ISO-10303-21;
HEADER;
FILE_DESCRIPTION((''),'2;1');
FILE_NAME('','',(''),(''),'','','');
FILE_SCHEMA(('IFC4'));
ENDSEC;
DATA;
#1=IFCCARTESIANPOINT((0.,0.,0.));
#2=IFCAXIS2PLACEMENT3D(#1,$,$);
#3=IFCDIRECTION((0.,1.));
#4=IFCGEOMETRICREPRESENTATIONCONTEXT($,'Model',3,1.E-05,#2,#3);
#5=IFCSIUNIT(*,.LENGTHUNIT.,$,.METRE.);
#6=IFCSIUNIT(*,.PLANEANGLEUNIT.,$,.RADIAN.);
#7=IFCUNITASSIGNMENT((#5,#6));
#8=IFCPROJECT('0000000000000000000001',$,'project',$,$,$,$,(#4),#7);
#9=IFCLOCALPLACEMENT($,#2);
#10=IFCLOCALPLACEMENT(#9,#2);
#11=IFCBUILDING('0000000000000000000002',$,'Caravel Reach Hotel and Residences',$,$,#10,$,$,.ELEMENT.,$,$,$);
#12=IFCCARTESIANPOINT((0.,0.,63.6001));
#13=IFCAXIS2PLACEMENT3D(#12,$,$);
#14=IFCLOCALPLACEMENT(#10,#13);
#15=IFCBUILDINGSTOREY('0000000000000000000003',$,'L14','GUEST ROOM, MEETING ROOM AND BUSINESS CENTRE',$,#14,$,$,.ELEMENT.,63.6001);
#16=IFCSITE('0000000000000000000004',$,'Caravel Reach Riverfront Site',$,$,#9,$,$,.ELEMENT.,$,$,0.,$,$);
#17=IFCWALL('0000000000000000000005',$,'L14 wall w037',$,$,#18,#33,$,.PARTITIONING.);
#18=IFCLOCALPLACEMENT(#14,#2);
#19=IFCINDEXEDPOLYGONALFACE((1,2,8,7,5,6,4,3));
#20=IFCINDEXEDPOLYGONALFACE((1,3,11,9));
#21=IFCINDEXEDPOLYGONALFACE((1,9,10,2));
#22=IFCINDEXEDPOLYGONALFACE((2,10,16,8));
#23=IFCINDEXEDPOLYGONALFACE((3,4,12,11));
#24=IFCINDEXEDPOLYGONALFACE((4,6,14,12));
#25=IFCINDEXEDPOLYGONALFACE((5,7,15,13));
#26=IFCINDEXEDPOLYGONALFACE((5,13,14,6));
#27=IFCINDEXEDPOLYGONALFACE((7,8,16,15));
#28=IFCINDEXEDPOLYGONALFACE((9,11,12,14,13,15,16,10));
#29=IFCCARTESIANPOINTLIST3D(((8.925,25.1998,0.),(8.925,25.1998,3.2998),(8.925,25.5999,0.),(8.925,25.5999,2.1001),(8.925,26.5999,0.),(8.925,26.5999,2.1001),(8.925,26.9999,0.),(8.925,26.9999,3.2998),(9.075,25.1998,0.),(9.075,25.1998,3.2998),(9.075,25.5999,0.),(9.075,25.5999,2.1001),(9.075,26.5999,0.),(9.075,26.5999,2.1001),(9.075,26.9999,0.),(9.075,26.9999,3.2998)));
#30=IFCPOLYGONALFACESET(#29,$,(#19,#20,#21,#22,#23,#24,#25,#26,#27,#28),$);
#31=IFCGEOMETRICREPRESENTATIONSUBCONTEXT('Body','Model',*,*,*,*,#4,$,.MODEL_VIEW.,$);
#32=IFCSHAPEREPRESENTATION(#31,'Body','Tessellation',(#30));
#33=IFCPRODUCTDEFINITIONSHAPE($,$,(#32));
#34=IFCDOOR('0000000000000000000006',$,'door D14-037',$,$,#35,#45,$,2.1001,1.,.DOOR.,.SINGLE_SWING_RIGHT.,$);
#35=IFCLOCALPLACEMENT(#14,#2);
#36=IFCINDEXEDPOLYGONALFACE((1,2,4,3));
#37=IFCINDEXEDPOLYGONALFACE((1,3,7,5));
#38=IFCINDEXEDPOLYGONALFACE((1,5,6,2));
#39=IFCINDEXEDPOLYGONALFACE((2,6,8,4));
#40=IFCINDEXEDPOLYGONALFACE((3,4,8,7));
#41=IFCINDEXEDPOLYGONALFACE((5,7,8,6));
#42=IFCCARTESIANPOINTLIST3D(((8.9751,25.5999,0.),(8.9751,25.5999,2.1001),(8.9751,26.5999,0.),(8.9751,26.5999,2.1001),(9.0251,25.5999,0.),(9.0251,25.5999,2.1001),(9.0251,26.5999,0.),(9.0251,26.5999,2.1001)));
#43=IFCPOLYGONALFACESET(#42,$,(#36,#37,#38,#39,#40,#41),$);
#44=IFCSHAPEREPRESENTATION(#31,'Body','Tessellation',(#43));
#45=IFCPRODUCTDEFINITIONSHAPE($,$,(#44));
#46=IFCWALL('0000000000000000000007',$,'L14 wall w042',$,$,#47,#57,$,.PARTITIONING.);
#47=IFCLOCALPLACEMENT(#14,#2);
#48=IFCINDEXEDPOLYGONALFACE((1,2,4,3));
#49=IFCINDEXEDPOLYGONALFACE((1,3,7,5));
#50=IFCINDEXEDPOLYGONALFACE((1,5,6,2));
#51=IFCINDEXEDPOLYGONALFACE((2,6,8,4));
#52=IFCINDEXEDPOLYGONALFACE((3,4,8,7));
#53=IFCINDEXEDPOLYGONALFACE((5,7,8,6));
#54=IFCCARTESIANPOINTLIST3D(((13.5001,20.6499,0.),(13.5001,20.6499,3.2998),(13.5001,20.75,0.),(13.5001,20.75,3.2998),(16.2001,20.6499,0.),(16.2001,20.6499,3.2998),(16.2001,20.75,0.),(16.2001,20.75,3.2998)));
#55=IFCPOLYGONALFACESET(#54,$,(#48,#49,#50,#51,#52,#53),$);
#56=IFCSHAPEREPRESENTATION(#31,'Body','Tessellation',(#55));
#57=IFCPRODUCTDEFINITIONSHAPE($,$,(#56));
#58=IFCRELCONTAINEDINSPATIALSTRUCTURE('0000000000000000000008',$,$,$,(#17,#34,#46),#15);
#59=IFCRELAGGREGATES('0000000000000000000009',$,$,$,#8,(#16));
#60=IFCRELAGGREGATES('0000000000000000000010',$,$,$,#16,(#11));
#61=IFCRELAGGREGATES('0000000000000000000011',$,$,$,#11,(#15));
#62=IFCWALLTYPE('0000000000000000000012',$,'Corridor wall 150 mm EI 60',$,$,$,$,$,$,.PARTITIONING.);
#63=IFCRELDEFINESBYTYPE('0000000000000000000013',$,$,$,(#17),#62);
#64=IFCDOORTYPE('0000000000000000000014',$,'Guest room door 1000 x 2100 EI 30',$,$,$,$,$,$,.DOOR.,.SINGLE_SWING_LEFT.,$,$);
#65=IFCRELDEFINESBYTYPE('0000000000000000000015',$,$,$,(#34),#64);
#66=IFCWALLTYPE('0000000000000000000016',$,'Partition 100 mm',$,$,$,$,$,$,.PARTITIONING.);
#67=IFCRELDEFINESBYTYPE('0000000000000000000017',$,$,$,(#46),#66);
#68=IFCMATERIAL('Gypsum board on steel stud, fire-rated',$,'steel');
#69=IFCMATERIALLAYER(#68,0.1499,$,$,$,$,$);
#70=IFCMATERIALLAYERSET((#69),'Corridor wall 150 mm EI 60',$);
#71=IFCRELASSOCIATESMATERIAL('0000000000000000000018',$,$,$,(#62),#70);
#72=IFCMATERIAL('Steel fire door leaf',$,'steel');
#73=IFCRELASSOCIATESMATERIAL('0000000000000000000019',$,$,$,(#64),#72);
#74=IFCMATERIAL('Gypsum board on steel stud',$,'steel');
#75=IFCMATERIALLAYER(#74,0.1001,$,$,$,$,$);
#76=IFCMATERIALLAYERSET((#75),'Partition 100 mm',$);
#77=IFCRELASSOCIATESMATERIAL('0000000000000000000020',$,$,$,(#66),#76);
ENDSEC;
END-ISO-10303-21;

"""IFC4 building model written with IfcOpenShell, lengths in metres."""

from ifc_helpers import new_model, si_unit, direction, frame, frame_2d, origin, place, context, subcontext, project, spatial, rectangle, extrude, material, layer, layer_set, type_object, element, fill, save


model = new_model("IFC4")

# Units and contexts
model_context = context("Model", 3, precision=1e-05, world=origin(), true_north=direction((0.0, 1.0)))
body_context = subcontext(model_context, "Body", "Model", "MODEL_VIEW")
ifc_project = project(units=[si_unit("LENGTHUNIT", "METRE"), si_unit("PLANEANGLEUNIT", "RADIAN")], contexts=[model_context])

# Site, building, storey
site_placement = place(None, origin())
site = spatial("IfcSite", under=ifc_project, at=site_placement, Name="Caravel Reach Riverfront Site", CompositionType="ELEMENT", RefElevation=0.0)
building_placement = place(site_placement, origin())
building = spatial("IfcBuilding", under=site, at=building_placement, Name="Caravel Reach Hotel and Residences", CompositionType="ELEMENT")
storey_placement = place(building_placement, frame((0.0, 0.0, 63.6001)))
storey = spatial("IfcBuildingStorey", under=building, at=storey_placement, Name="L14", Description="GUEST ROOM, MEETING ROOM AND BUSINESS CENTRE", CompositionType="ELEMENT", Elevation=63.6001)

# Shared definitions
ifc_material_1 = material(Name="Gypsum board on steel stud, fire-rated", Category="steel")
ifc_layer_1 = layer(ifc_material_1, 0.1499)
ifc_layer_set_1 = layer_set([ifc_layer_1], Name="Corridor wall 150 mm EI 60")
wall_type_1 = type_object("IfcWallType", Name="Corridor wall 150 mm EI 60", PredefinedType="PARTITIONING", material=ifc_layer_set_1)
ifc_material_2 = material(Name="Steel fire door leaf", Category="steel")
door_type_1 = type_object("IfcDoorType", Name="Guest room door 1000 x 2100 EI 30", OperationType="SINGLE_SWING_LEFT", PredefinedType="DOOR", material=ifc_material_2)

# Wall, opening, door
wall_1_placement = place(storey_placement, frame((9.0, 25.2, 0.0), z_axis=(0.0, 0.0, 1.0), x_axis=(0.0, 1.0, 0.0)))
wall_1 = element("IfcWall", 1, at=wall_1_placement, inside=storey, type_object=wall_type_1, Name="L14 wall w037", PredefinedType="PARTITIONING", context=body_context, shape_type="SweptSolid", body=[
    extrude(rectangle(XDim=1.8, YDim=0.1499, at=frame_2d((0.8999, 0.0))), origin(), (0.0, 0.0, 1.0), 3.2998),
])
opening_1_placement = place(wall_1_placement, frame((0.3999, 0.0, 0.0)))
opening_1 = element("IfcOpeningElement", 2, at=opening_1_placement, cuts=wall_1, PredefinedType="OPENING", context=body_context, shape_type="SweptSolid", body=[
    extrude(rectangle(XDim=1.0, YDim=2.1001, at=frame_2d((0.5, 1.05))), frame((0.0, 0.085, 0.0), z_axis=(0.0, -1.0, 0.0), x_axis=(1.0, 0.0, 0.0)), (0.0, 0.0, 1.0), 0.1699),
])
door_1_placement = place(opening_1_placement, origin())
door_1 = element("IfcDoor", 3, at=door_1_placement, inside=storey, type_object=door_type_1, Name="door D14-037", OperationType="SINGLE_SWING_RIGHT", OverallHeight=2.1001, OverallWidth=1.0, PredefinedType="DOOR", context=body_context, shape_type="SweptSolid", body=[
    extrude(rectangle(XDim=1.0, YDim=2.1001, at=frame_2d((0.5, 1.05))), frame((0.0, 0.0249, 0.0), z_axis=(0.0, -1.0, 0.0), x_axis=(1.0, 0.0, 0.0)), (0.0, 0.0, 1.0), 0.05),
])
fill(opening_1, door_1)

# Wall
ifc_material_3 = material(Name="Gypsum board on steel stud", Category="steel")
ifc_layer_2 = layer(ifc_material_3, 0.1001)
ifc_layer_set_2 = layer_set([ifc_layer_2], Name="Partition 100 mm")
wall_type_2 = type_object("IfcWallType", Name="Partition 100 mm", PredefinedType="PARTITIONING", material=ifc_layer_set_2)
wall_2_placement = place(storey_placement, frame((13.5, 20.7, 0.0), z_axis=(0.0, 0.0, 1.0), x_axis=(1.0, 0.0, 0.0)))
element("IfcWall", 4, at=wall_2_placement, inside=storey, type_object=wall_type_2, Name="L14 wall w042", PredefinedType="PARTITIONING", context=body_context, shape_type="SweptSolid", body=[
    extrude(rectangle(XDim=2.7, YDim=0.1001, at=frame_2d((1.3501, 0.0))), origin(), (0.0, 0.0, 1.0), 3.2998),
])

save(model, "model.ifc")
